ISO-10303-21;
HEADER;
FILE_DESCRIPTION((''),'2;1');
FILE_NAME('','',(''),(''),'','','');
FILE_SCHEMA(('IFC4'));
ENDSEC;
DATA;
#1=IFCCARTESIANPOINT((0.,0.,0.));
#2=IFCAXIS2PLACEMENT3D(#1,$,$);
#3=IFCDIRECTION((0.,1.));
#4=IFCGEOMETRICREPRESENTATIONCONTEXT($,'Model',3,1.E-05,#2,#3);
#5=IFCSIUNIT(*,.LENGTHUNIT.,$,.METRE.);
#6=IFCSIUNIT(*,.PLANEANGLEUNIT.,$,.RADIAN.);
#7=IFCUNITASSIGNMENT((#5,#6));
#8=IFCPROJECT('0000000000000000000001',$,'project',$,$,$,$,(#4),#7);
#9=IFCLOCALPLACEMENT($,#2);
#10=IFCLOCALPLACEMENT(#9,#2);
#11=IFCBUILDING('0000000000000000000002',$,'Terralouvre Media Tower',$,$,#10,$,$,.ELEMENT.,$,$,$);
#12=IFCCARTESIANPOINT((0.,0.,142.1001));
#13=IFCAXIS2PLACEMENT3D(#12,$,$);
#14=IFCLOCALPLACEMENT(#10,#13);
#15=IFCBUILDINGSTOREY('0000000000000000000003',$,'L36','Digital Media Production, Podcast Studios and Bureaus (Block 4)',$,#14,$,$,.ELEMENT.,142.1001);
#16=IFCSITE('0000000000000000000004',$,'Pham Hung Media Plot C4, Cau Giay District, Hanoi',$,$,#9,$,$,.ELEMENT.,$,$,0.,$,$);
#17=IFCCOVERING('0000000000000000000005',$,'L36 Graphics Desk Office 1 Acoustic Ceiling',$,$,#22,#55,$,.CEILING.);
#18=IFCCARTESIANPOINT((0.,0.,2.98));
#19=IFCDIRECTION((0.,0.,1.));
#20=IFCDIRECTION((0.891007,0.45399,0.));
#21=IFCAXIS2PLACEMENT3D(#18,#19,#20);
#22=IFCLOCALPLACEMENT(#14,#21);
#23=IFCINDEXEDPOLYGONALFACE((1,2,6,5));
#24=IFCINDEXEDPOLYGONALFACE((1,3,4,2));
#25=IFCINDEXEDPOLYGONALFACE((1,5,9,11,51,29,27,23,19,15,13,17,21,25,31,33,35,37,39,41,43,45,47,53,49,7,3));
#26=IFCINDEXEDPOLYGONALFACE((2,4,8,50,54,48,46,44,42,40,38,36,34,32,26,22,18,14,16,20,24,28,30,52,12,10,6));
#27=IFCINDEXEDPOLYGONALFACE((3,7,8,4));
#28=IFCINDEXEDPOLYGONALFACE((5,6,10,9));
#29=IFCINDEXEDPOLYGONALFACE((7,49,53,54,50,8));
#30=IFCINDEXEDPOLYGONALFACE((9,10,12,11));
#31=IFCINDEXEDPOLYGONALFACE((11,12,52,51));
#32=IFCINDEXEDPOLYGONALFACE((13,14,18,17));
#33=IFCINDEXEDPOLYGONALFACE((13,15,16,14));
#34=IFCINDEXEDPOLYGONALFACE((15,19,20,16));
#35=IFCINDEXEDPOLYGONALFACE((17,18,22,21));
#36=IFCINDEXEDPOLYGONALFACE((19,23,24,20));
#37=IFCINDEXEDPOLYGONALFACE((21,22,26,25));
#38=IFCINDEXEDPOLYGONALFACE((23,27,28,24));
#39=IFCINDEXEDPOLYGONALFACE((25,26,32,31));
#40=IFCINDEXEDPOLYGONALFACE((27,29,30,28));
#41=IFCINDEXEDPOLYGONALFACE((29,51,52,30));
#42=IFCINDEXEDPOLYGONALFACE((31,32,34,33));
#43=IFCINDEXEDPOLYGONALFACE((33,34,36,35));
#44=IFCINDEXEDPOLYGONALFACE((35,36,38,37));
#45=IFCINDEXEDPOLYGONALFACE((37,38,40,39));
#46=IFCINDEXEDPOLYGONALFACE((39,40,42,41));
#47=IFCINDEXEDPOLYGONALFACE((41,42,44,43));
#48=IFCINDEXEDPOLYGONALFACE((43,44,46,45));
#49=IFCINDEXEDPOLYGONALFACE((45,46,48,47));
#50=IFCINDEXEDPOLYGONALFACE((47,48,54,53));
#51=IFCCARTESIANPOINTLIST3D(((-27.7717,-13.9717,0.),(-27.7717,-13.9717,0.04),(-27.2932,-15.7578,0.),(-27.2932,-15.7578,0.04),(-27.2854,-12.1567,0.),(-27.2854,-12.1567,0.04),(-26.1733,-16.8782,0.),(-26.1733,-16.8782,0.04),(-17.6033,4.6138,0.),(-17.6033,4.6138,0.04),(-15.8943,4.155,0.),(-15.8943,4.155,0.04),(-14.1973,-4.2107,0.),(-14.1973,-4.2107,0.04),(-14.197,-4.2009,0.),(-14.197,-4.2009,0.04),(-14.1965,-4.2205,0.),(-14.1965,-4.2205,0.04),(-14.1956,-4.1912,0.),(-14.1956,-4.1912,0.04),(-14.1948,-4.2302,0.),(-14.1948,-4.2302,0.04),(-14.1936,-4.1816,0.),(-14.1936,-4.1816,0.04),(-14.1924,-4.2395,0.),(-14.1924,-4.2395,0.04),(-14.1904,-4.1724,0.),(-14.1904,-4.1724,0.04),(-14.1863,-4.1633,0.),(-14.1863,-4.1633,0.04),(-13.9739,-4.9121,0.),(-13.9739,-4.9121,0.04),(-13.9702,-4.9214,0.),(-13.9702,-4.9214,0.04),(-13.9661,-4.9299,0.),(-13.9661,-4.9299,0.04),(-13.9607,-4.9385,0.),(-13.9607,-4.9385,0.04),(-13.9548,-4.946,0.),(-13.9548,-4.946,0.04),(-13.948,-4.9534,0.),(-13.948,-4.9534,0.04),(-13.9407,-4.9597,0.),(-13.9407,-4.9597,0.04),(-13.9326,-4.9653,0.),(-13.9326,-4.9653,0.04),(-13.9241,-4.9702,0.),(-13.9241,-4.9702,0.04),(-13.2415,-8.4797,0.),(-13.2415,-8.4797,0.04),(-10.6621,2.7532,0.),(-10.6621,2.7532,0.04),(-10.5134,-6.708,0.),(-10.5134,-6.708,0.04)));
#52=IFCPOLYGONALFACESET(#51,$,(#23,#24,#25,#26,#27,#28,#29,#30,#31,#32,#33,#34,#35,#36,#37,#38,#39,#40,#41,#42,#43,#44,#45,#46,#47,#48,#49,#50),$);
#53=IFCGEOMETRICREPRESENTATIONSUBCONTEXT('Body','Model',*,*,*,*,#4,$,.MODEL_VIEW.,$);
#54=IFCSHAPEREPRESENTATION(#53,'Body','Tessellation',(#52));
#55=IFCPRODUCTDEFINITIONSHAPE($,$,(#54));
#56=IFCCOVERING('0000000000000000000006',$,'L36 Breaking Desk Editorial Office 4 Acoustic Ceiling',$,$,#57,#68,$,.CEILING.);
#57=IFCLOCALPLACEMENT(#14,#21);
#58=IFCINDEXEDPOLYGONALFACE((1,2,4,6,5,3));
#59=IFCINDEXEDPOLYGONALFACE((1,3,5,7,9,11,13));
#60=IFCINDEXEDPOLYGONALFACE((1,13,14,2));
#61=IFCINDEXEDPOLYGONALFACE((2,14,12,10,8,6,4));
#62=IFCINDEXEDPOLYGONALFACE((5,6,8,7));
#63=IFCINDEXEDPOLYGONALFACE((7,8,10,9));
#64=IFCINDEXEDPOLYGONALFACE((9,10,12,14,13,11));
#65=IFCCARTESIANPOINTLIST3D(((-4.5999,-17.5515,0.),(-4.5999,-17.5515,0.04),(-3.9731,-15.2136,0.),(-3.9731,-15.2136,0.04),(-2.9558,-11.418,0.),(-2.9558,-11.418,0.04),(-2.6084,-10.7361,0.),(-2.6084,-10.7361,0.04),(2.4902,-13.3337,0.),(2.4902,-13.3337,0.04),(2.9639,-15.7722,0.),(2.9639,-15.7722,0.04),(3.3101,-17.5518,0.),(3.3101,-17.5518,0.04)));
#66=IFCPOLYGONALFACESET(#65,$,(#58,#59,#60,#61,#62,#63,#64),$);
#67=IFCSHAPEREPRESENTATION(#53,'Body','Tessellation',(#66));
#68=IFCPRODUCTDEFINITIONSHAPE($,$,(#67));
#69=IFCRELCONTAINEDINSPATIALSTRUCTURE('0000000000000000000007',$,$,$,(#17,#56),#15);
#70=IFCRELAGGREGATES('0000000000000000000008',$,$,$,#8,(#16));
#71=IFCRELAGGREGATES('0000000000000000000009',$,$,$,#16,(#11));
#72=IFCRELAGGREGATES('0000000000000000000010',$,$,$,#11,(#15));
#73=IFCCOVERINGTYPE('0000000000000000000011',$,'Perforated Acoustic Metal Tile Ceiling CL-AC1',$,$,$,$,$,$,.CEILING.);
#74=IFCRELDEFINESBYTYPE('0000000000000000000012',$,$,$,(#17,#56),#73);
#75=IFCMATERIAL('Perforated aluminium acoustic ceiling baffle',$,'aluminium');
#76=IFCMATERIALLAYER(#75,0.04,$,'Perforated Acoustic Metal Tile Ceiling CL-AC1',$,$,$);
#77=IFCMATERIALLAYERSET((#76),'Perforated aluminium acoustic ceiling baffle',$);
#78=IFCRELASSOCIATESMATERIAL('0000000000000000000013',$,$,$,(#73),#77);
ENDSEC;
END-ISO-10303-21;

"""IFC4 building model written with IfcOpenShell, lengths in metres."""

from ifc_helpers import new_model, si_unit, direction, frame, origin, place, context, subcontext, project, spatial, polyline, outline, extrude, material, layer, layer_set, type_object, element, save


model = new_model("IFC4")

# Units and contexts
model_context = context("Model", 3, precision=1e-05, world=origin(), true_north=direction((0.0, 1.0)))
body_context = subcontext(model_context, "Body", "Model", "MODEL_VIEW")
ifc_project = project(units=[si_unit("LENGTHUNIT", "METRE"), si_unit("PLANEANGLEUNIT", "RADIAN")], contexts=[model_context])

# Site, building, storey
site_placement = place(None, origin())
site = spatial("IfcSite", under=ifc_project, at=site_placement, Name="Pham Hung Media Plot C4, Cau Giay District, Hanoi", CompositionType="ELEMENT", RefElevation=0.0)
building_placement = place(site_placement, origin())
building = spatial("IfcBuilding", under=site, at=building_placement, Name="Terralouvre Media Tower", CompositionType="ELEMENT")
storey_placement = place(building_placement, frame((0.0, 0.0, 142.1001)))
storey = spatial("IfcBuildingStorey", under=building, at=storey_placement, Name="L36", Description="Digital Media Production, Podcast Studios and Bureaus (Block 4)", CompositionType="ELEMENT", Elevation=142.1001)

# Coverings
ifc_material_1 = material(Name="Perforated aluminium acoustic ceiling baffle", Category="aluminium")
ifc_layer_1 = layer(ifc_material_1, 0.04, Name="Perforated Acoustic Metal Tile Ceiling CL-AC1")
ifc_layer_set_1 = layer_set([ifc_layer_1], Name="Perforated aluminium acoustic ceiling baffle")
covering_type = type_object("IfcCoveringType", Name="Perforated Acoustic Metal Tile Ceiling CL-AC1", PredefinedType="CEILING", material=ifc_layer_set_1)
covering_1_placement = place(storey_placement, frame((0.0, 0.0, 2.98), z_axis=(0.0, 0.0, 1.0), x_axis=(0.891007, 0.45399, 0.0)))
element("IfcCovering", 1, at=covering_1_placement, inside=storey, type_object=covering_type, Name="L36 Graphics Desk Office 1 Acoustic Ceiling", PredefinedType="CEILING", context=body_context, shape_type="SweptSolid", body=[
    extrude(outline(polyline([(-10.5134, -6.708), (-13.9241, -4.9702), (-13.9326, -4.9653), (-13.9407, -4.9597), (-13.948, -4.9534), (-13.9548, -4.946), (-13.9607, -4.9385), (-13.9661, -4.9299), (-13.9702, -4.9214), (-13.9739, -4.9121), (-14.1924, -4.2395), (-14.1948, -4.2302), (-14.1965, -4.2205), (-14.1973, -4.2107), (-14.197, -4.2009), (-14.1956, -4.1912), (-14.1936, -4.1816), (-14.1904, -4.1724), (-14.1863, -4.1633), (-10.6621, 2.7532), (-15.8943, 4.155), (-17.6033, 4.6138), (-27.2854, -12.1567), (-27.7717, -13.9717), (-27.2932, -15.7578), (-26.1733, -16.8782), (-13.2415, -8.4797), (-10.5134, -6.708)])), origin(), (0.0, 0.0, 1.0), 0.04),
])
covering_2_placement = place(storey_placement, frame((0.0, 0.0, 2.98), z_axis=(0.0, 0.0, 1.0), x_axis=(0.891007, 0.45399, 0.0)))
element("IfcCovering", 2, at=covering_2_placement, inside=storey, type_object=covering_type, Name="L36 Breaking Desk Editorial Office 4 Acoustic Ceiling", PredefinedType="CEILING", context=body_context, shape_type="SweptSolid", body=[
    extrude(outline(polyline([(2.4902, -13.3337), (-2.6084, -10.7361), (-2.9558, -11.418), (-3.9731, -15.2136), (-4.5999, -17.5515), (3.3101, -17.5518), (2.9639, -15.7722), (2.4902, -13.3337)])), origin(), (0.0, 0.0, 1.0), 0.04),
])

save(model, "model.ifc")
